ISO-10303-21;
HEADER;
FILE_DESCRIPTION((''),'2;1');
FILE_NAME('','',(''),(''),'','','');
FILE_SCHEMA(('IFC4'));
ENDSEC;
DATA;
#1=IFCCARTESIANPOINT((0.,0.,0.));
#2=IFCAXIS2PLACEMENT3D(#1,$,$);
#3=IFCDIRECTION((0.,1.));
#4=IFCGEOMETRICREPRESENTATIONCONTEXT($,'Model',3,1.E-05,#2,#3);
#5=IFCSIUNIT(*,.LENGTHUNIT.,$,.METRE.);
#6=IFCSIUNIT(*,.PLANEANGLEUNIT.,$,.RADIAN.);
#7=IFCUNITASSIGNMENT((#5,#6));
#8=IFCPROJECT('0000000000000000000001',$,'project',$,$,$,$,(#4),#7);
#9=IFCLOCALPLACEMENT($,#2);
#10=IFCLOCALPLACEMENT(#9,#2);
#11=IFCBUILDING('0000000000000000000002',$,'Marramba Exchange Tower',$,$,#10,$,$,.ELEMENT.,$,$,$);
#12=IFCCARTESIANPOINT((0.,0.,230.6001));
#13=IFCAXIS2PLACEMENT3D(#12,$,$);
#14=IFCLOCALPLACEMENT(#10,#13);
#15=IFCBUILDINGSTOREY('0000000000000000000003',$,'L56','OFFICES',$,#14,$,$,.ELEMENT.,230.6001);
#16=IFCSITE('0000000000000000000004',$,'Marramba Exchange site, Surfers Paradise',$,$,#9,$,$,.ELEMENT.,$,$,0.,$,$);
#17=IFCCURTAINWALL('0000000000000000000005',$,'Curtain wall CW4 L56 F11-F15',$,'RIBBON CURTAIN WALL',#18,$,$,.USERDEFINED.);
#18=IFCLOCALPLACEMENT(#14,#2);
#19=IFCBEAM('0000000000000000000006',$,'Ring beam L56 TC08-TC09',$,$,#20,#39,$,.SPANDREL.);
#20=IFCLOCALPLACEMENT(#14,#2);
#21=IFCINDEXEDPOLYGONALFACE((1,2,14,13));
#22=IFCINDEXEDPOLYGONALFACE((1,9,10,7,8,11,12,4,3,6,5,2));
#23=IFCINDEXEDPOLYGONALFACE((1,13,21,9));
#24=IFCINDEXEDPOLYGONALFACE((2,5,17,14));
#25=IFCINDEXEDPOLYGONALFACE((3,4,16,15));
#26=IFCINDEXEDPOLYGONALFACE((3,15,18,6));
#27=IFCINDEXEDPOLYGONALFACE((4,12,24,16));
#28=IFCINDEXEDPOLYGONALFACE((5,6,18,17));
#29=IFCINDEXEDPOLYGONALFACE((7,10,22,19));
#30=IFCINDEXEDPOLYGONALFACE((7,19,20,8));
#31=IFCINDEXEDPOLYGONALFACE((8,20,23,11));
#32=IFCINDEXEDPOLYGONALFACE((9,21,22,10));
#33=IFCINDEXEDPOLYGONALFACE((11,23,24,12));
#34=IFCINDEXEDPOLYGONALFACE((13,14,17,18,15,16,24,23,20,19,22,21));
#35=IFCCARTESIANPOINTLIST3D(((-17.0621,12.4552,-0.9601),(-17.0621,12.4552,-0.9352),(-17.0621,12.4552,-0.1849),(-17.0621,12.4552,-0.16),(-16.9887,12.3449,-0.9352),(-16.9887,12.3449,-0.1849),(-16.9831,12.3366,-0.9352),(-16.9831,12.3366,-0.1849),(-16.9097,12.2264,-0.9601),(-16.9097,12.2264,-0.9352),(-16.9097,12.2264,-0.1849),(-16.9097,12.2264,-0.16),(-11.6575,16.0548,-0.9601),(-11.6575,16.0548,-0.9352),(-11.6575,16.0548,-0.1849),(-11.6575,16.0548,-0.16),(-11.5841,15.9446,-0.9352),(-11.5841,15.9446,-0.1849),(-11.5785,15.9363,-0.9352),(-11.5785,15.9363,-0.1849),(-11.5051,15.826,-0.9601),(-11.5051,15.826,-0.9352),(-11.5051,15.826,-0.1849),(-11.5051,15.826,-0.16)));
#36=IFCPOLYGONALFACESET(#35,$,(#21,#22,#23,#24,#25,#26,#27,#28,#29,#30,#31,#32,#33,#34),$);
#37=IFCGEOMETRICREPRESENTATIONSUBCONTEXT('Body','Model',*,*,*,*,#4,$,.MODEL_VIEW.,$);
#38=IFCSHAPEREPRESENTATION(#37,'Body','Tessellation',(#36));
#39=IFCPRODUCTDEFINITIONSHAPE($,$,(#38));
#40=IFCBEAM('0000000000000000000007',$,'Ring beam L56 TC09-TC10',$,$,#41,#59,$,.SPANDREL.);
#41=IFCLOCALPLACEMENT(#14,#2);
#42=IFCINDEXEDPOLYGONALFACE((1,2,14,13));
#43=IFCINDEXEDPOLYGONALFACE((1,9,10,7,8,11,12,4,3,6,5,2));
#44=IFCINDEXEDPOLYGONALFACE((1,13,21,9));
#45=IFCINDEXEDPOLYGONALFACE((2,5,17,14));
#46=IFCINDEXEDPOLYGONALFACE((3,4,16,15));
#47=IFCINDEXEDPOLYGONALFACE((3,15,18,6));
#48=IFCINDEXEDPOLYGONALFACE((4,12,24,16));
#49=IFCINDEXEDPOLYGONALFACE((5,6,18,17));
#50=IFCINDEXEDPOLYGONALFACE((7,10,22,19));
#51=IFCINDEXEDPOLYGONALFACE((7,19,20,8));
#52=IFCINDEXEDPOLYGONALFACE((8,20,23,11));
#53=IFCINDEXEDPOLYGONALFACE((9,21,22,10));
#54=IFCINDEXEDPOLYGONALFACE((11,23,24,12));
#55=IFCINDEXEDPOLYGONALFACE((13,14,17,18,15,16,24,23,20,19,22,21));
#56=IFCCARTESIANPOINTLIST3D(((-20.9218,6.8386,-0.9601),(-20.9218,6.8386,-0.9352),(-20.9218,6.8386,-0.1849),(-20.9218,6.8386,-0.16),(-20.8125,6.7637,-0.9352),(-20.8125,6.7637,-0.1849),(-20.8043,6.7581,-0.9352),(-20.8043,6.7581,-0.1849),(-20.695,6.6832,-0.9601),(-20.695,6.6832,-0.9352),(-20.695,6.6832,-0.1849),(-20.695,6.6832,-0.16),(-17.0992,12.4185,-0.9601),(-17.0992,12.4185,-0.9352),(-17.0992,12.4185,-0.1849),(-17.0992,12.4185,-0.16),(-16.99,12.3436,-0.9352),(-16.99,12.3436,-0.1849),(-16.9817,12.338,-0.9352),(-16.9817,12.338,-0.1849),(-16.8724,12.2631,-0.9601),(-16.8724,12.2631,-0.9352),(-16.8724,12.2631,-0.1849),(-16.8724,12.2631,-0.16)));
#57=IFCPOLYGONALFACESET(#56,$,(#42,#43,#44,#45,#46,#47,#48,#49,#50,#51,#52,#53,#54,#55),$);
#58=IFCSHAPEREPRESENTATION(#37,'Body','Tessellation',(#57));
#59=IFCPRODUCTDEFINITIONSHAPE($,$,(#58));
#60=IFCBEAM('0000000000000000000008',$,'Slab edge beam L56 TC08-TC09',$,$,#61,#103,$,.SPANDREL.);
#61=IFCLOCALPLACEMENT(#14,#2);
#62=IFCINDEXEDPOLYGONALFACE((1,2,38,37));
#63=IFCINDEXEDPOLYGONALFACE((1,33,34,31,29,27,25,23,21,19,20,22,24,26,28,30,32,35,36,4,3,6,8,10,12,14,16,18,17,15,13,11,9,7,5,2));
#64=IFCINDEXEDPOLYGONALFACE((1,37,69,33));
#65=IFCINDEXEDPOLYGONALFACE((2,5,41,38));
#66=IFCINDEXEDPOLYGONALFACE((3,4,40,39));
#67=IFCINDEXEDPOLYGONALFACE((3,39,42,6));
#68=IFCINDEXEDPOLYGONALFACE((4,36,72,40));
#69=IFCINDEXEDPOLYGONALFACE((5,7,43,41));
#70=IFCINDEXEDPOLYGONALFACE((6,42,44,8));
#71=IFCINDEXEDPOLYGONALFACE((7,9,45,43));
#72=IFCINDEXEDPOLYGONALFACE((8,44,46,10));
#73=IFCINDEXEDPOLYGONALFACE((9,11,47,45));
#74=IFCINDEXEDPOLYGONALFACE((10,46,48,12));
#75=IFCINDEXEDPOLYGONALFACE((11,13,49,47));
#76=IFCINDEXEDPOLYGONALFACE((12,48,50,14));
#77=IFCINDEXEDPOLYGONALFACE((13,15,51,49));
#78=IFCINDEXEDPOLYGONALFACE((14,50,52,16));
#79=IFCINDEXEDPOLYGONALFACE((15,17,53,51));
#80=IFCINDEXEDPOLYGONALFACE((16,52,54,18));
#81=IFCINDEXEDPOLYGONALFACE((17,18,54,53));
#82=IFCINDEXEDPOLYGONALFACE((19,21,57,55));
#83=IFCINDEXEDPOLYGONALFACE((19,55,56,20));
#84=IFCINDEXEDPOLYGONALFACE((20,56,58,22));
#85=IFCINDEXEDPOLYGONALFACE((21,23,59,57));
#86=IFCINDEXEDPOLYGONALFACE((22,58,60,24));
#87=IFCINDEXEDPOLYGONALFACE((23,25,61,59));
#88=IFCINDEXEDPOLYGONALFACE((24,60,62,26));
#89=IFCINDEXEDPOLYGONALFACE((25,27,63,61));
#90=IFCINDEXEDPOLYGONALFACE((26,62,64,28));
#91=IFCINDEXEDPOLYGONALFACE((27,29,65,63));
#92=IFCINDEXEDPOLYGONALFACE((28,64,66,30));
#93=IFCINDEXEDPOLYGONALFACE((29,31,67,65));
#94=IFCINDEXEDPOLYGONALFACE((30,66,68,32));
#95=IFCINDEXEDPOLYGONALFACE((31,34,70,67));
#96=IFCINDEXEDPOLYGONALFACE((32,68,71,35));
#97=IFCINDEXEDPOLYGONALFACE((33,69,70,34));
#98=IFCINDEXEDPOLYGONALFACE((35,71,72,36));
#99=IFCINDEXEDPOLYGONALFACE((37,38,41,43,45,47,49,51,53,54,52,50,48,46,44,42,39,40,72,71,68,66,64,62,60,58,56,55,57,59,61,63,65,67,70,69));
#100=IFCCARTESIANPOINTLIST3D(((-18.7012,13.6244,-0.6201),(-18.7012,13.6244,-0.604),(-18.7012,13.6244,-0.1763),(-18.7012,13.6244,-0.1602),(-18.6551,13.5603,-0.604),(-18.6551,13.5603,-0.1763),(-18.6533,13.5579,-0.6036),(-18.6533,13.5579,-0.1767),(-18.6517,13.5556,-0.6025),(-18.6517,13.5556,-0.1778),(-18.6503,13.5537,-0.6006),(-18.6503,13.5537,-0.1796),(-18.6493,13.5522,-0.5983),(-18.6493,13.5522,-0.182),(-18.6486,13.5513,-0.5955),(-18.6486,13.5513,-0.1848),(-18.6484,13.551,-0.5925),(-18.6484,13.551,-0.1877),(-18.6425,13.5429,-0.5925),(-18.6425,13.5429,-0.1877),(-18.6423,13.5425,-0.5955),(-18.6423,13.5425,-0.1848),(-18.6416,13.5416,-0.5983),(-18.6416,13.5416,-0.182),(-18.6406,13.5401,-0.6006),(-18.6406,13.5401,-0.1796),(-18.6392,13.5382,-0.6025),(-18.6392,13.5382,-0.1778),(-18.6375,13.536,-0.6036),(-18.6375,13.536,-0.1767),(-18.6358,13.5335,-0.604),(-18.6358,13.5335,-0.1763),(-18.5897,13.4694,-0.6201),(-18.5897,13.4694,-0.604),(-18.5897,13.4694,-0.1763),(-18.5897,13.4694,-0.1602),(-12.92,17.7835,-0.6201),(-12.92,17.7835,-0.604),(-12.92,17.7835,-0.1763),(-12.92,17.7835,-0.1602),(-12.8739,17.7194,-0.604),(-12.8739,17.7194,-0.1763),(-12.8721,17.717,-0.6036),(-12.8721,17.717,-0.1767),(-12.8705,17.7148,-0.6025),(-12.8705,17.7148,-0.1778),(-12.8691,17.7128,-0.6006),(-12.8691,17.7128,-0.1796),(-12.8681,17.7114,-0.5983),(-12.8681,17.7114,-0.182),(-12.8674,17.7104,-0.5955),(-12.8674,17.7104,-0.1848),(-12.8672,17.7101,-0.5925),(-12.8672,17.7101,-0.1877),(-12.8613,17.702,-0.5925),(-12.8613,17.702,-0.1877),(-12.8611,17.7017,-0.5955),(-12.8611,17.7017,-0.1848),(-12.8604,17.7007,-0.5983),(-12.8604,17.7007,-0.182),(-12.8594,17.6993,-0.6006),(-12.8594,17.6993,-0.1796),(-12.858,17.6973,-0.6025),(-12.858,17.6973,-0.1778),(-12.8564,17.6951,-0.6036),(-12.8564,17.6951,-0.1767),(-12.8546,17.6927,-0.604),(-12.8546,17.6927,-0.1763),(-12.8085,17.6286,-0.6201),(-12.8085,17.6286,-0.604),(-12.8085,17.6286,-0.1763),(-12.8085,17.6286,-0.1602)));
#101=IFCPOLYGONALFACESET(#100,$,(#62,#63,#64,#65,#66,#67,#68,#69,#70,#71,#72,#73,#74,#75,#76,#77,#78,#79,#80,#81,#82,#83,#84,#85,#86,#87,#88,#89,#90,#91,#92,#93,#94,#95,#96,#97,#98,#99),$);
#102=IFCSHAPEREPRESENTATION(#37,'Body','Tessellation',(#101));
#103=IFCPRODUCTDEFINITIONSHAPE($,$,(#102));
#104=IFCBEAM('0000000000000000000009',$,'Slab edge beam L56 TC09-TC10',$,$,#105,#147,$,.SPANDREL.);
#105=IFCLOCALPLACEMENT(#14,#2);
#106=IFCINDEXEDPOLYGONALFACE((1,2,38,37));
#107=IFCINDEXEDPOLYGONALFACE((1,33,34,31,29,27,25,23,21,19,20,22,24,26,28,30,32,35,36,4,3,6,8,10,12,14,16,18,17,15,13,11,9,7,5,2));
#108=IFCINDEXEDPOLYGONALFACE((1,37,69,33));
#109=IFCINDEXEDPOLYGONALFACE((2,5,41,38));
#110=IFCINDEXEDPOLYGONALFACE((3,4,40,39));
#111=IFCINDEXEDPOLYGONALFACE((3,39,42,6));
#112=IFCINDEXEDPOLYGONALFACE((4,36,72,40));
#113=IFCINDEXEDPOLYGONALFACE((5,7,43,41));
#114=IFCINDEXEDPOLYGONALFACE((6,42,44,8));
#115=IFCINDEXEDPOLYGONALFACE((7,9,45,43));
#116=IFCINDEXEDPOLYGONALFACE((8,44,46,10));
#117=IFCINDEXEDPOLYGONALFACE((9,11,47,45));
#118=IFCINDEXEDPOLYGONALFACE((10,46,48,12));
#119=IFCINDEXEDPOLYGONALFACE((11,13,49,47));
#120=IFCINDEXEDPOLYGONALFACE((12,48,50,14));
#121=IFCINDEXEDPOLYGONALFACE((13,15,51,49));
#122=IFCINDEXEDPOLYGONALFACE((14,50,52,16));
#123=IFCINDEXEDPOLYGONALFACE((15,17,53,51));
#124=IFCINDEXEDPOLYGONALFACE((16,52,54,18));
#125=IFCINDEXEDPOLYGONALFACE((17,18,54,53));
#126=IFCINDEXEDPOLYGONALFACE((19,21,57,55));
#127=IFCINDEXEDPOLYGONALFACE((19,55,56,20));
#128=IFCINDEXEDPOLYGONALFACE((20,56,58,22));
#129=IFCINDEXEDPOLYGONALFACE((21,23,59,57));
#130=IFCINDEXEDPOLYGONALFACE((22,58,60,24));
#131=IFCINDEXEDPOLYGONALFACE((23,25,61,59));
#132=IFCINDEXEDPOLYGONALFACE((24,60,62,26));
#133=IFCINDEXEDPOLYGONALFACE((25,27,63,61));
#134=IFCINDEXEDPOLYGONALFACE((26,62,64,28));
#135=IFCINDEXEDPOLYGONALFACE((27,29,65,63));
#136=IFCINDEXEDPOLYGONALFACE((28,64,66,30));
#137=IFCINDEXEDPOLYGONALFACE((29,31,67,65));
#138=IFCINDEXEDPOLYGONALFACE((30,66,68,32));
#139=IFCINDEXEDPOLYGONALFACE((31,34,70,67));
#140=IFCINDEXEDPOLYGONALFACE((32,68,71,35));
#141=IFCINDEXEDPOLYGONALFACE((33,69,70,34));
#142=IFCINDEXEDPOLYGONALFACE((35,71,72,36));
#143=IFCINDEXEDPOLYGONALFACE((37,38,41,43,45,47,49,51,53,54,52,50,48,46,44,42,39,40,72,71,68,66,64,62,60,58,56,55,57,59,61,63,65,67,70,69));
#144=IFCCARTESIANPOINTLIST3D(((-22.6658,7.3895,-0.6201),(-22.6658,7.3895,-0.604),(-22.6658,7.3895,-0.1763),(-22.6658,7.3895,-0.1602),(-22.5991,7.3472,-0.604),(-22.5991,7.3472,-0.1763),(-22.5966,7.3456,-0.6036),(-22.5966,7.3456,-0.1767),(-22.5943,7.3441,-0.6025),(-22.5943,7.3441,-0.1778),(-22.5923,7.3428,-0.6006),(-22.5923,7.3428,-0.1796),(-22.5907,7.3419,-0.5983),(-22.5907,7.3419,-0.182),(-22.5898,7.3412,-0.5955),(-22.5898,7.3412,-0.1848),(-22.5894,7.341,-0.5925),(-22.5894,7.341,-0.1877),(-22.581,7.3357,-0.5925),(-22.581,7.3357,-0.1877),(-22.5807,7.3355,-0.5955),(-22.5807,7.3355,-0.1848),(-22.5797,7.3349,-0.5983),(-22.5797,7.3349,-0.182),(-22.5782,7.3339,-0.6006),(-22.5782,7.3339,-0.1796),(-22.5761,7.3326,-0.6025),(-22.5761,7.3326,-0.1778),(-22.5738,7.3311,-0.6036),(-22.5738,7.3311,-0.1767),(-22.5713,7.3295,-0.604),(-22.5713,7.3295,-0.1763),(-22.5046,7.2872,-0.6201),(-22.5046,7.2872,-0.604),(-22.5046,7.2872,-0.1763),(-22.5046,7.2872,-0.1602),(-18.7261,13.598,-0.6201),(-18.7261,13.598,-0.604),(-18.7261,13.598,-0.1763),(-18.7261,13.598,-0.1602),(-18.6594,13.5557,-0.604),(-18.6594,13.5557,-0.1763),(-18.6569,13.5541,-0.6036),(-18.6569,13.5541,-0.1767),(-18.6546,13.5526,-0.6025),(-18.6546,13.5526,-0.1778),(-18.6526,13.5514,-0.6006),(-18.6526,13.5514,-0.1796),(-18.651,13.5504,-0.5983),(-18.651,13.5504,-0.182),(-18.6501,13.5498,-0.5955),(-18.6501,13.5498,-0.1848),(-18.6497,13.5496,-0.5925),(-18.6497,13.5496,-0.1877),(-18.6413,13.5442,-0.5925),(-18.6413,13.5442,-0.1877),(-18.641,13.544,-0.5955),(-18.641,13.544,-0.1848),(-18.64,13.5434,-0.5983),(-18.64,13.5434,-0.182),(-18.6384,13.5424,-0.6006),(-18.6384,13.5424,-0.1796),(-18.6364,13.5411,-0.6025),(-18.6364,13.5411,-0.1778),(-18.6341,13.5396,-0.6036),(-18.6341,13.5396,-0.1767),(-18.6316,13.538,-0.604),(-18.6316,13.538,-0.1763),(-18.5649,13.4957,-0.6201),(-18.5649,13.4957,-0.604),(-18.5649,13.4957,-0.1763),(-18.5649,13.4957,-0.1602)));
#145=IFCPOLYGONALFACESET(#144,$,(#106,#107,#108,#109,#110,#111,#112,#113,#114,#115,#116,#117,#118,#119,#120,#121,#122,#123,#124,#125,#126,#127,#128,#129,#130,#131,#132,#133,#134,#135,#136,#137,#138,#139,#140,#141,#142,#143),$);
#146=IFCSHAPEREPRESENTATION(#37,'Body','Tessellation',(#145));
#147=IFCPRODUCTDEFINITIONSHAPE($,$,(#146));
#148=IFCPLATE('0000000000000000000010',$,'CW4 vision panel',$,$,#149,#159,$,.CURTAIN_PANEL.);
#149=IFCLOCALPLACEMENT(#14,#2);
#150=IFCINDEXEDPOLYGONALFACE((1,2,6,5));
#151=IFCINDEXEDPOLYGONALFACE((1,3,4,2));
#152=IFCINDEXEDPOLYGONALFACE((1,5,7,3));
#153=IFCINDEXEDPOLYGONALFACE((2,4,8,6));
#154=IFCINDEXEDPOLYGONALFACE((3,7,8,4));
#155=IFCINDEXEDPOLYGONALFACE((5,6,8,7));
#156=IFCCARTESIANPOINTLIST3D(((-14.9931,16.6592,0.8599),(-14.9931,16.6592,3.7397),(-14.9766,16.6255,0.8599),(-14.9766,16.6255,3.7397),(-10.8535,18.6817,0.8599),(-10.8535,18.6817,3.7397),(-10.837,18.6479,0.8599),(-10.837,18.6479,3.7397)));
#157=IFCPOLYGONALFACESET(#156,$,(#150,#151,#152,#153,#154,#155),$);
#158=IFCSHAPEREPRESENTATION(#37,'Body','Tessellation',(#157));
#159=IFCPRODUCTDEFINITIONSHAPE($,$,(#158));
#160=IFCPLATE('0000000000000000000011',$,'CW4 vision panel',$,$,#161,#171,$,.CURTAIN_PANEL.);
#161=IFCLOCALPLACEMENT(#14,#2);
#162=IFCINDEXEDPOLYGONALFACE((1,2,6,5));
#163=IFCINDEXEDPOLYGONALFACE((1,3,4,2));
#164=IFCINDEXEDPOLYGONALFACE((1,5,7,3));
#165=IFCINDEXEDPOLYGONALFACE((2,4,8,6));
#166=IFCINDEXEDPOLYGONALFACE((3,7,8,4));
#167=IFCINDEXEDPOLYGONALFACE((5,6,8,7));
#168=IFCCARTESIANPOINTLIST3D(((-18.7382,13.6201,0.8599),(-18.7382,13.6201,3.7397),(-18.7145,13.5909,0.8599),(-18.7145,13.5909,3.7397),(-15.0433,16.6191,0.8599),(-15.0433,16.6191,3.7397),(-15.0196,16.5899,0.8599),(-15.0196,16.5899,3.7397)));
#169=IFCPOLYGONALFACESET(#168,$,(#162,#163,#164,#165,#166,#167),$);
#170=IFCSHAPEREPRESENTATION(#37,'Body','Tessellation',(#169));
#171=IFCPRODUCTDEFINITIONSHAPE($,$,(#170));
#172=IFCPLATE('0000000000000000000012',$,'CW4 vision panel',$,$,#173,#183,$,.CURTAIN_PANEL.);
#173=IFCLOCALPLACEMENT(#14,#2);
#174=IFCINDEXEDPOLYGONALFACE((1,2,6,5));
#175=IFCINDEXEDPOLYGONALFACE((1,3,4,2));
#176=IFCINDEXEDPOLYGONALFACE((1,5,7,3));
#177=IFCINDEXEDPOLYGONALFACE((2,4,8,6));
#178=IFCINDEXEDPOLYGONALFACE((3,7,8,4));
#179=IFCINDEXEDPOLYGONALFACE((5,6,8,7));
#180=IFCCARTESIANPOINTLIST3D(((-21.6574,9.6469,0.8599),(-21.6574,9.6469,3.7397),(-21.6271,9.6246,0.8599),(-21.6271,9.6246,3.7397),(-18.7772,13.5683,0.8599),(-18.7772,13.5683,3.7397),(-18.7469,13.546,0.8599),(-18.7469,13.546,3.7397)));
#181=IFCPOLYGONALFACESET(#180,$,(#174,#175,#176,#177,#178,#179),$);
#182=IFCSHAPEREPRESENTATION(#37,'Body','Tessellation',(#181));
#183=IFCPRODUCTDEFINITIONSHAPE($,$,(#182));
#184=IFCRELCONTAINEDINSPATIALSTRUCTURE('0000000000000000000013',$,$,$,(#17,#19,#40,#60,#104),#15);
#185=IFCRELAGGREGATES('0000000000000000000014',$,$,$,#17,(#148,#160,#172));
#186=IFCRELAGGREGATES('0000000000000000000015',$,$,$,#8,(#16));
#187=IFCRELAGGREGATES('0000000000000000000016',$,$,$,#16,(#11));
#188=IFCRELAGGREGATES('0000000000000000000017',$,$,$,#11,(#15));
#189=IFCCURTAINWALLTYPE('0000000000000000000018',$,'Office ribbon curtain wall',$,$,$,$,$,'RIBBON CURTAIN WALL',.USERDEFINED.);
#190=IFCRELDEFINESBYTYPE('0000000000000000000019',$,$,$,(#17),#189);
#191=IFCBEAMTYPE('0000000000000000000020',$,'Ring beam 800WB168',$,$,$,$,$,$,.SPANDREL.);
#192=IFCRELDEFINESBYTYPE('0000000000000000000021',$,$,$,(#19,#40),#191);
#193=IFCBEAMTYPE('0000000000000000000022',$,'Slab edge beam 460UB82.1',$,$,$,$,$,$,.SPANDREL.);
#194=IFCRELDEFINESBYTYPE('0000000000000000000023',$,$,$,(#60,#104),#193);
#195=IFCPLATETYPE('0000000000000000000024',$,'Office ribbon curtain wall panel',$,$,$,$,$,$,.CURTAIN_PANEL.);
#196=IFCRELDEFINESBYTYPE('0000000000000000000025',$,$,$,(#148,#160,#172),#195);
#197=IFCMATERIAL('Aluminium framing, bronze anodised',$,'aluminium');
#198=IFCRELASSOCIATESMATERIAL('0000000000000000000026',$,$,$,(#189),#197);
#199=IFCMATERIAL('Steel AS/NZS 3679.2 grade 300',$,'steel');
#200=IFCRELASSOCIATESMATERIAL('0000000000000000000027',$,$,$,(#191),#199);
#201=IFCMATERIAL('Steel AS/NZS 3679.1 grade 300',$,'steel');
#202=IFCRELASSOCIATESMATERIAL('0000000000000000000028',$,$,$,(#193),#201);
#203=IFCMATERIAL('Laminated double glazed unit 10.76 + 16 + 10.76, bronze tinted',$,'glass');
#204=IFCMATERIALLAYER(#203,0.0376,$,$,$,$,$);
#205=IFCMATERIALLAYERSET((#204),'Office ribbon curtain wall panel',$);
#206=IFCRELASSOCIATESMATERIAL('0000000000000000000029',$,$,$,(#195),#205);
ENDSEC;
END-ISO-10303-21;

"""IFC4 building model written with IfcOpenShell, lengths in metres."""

from ifc_helpers import new_model, si_unit, direction, frame, origin, origin_2d, place, context, subcontext, project, spatial, rectangle, i_section, extrude, material, layer, layer_set, material_profile, profile_set, type_object, element, aggregate, save


model = new_model("IFC4")

# Units and contexts
model_context = context("Model", 3, precision=1e-05, world=origin(), true_north=direction((0.0, 1.0)))
body_context = subcontext(model_context, "Body", "Model", "MODEL_VIEW")
ifc_project = project(units=[si_unit("LENGTHUNIT", "METRE"), si_unit("PLANEANGLEUNIT", "RADIAN")], contexts=[model_context])

# Site, building, storey
site_placement = place(None, origin())
site = spatial("IfcSite", under=ifc_project, at=site_placement, Name="Marramba Exchange site, Surfers Paradise", CompositionType="ELEMENT", RefElevation=0.0)
building_placement = place(site_placement, origin())
building = spatial("IfcBuilding", under=site, at=building_placement, Name="Marramba Exchange Tower", CompositionType="ELEMENT")
storey_placement = place(building_placement, frame((0.0, 0.0, 230.6001)))
storey = spatial("IfcBuildingStorey", under=building, at=storey_placement, Name="L56", Description="OFFICES", CompositionType="ELEMENT", Elevation=230.6001)

# Shared definitions
ifc_material_1 = material(Name="Steel AS/NZS 3679.2 grade 300", Category="steel")
ifc_material_2 = material(Name="Steel AS/NZS 3679.1 grade 300", Category="steel")

# Curtain wall
ifc_material_3 = material(Name="Aluminium framing, bronze anodised", Category="aluminium")
curtain_wall_type = type_object("IfcCurtainWallType", Name="Office ribbon curtain wall", ElementType="RIBBON CURTAIN WALL", PredefinedType="USERDEFINED", material=ifc_material_3)
curtain_wall_placement = place(storey_placement, origin())
curtain_wall = element("IfcCurtainWall", 1, at=curtain_wall_placement, inside=storey, type_object=curtain_wall_type, Name="Curtain wall CW4 L56 F11-F15", ObjectType="RIBBON CURTAIN WALL", PredefinedType="USERDEFINED")

# Beams
ifc_material_profile_1 = material_profile(ifc_material_1, i_section(OverallWidth=0.2749, OverallDepth=0.8, WebThickness=0.01, FlangeThickness=0.0249, at=origin_2d()), Name="800WB168")
ifc_profile_set_1 = profile_set([ifc_material_profile_1], Name="Steel AS/NZS 3679.2 grade 300")
beam_type_1 = type_object("IfcBeamType", Name="Ring beam 800WB168", PredefinedType="SPANDREL", material=ifc_profile_set_1)
beam_1_placement = place(storey_placement, frame((-11.5813, 15.9404, -0.5601), z_axis=(-0.832293, -0.554336, 0.0), x_axis=(0.554336, -0.832293, 0.0)))
element("IfcBeam", 2, at=beam_1_placement, inside=storey, type_object=beam_type_1, Name="Ring beam L56 TC08-TC09", PredefinedType="SPANDREL", context=body_context, shape_type="SweptSolid", body=[
    extrude(i_section(OverallWidth=0.2749, OverallDepth=0.8, WebThickness=0.01, FlangeThickness=0.0249, at=origin_2d()), origin(), (0.0, 0.0, 1.0), 6.4937),
])
beam_2_placement = place(storey_placement, frame((-16.9858, 12.3408, -0.5601), z_axis=(-0.56516, -0.824981, 0.0), x_axis=(0.824981, -0.56516, 0.0)))
element("IfcBeam", 3, at=beam_2_placement, inside=storey, type_object=beam_type_1, Name="Ring beam L56 TC09-TC10", PredefinedType="SPANDREL", context=body_context, shape_type="SweptSolid", body=[
    extrude(i_section(OverallWidth=0.2749, OverallDepth=0.8, WebThickness=0.01, FlangeThickness=0.0249, at=origin_2d()), origin(), (0.0, 0.0, 1.0), 6.7637),
])
ifc_material_profile_2 = material_profile(ifc_material_2, i_section(OverallWidth=0.1909, OverallDepth=0.46, WebThickness=0.01, FlangeThickness=0.0161, FilletRadius=0.0115, at=origin_2d()), Name="460UB82.1")
ifc_profile_set_2 = profile_set([ifc_material_profile_2], Name="Steel AS/NZS 3679.1 grade 300")
beam_type_2 = type_object("IfcBeamType", Name="Slab edge beam 460UB82.1", PredefinedType="SPANDREL", material=ifc_profile_set_2)
beam_3_placement = place(storey_placement, frame((-12.8643, 17.7061, -0.3901), z_axis=(-0.811755, -0.583998, 0.0), x_axis=(0.583998, -0.811755, 0.0)))
element("IfcBeam", 4, at=beam_3_placement, inside=storey, type_object=beam_type_2, Name="Slab edge beam L56 TC08-TC09", PredefinedType="SPANDREL", context=body_context, shape_type="SweptSolid", body=[
    extrude(i_section(OverallWidth=0.1909, OverallDepth=0.46, WebThickness=0.01, FlangeThickness=0.0161, FilletRadius=0.0115, at=origin_2d()), origin(), (0.0, 0.0, 1.0), 7.1218),
])
beam_4_placement = place(storey_placement, frame((-18.6455, 13.5469, -0.3901), z_axis=(-0.535794, -0.844348, 0.0), x_axis=(0.844348, -0.535794, 0.0)))
element("IfcBeam", 5, at=beam_4_placement, inside=storey, type_object=beam_type_2, Name="Slab edge beam L56 TC09-TC10", PredefinedType="SPANDREL", context=body_context, shape_type="SweptSolid", body=[
    extrude(i_section(OverallWidth=0.1909, OverallDepth=0.46, WebThickness=0.01, FlangeThickness=0.0161, FilletRadius=0.0115, at=origin_2d()), origin(), (0.0, 0.0, 1.0), 7.353),
])

# Plates
ifc_material_4 = material(Name="Laminated double glazed unit 10.76 + 16 + 10.76, bronze tinted", Category="glass")
ifc_layer_1 = layer(ifc_material_4, 0.0376)
ifc_layer_set_1 = layer_set([ifc_layer_1], Name="Office ribbon curtain wall panel")
plate_type = type_object("IfcPlateType", Name="Office ribbon curtain wall panel", PredefinedType="CURTAIN_PANEL", material=ifc_layer_set_1)
plate_1_placement = place(storey_placement, frame((-12.915, 17.6536, 0.8599), z_axis=(0.0, 0.0, 1.0), x_axis=(-0.898501, -0.438972, 0.0)))
plate_1 = element("IfcPlate", 6, at=plate_1_placement, type_object=plate_type, Name="CW4 vision panel", PredefinedType="CURTAIN_PANEL", context=body_context, shape_type="SweptSolid", body=[
    extrude(rectangle(XDim=4.6072, YDim=0.0376, at=origin_2d()), origin(), (0.0, 0.0, 1.0), 2.8799),
])
plate_2_placement = place(storey_placement, frame((-16.8789, 15.105, 0.8599), z_axis=(0.0, 0.0, 1.0), x_axis=(-0.776432, -0.630201, 0.0)))
plate_2 = element("IfcPlate", 7, at=plate_2_placement, type_object=plate_type, Name="CW4 vision panel", PredefinedType="CURTAIN_PANEL", context=body_context, shape_type="SweptSolid", body=[
    extrude(rectangle(XDim=4.7588, YDim=0.0376, at=origin_2d()), origin(), (0.0, 0.0, 1.0), 2.8799),
])
plate_3_placement = place(storey_placement, frame((-20.2021, 11.5964, 0.8599), z_axis=(0.0, 0.0, 1.0), x_axis=(-0.591963, -0.805965, 0.0)))
plate_3 = element("IfcPlate", 8, at=plate_3_placement, type_object=plate_type, Name="CW4 vision panel", PredefinedType="CURTAIN_PANEL", context=body_context, shape_type="SweptSolid", body=[
    extrude(rectangle(XDim=4.8655, YDim=0.0376, at=origin_2d()), origin(), (0.0, 0.0, 1.0), 2.8799),
])
aggregate(curtain_wall, [plate_1, plate_2, plate_3])

save(model, "model.ifc")
